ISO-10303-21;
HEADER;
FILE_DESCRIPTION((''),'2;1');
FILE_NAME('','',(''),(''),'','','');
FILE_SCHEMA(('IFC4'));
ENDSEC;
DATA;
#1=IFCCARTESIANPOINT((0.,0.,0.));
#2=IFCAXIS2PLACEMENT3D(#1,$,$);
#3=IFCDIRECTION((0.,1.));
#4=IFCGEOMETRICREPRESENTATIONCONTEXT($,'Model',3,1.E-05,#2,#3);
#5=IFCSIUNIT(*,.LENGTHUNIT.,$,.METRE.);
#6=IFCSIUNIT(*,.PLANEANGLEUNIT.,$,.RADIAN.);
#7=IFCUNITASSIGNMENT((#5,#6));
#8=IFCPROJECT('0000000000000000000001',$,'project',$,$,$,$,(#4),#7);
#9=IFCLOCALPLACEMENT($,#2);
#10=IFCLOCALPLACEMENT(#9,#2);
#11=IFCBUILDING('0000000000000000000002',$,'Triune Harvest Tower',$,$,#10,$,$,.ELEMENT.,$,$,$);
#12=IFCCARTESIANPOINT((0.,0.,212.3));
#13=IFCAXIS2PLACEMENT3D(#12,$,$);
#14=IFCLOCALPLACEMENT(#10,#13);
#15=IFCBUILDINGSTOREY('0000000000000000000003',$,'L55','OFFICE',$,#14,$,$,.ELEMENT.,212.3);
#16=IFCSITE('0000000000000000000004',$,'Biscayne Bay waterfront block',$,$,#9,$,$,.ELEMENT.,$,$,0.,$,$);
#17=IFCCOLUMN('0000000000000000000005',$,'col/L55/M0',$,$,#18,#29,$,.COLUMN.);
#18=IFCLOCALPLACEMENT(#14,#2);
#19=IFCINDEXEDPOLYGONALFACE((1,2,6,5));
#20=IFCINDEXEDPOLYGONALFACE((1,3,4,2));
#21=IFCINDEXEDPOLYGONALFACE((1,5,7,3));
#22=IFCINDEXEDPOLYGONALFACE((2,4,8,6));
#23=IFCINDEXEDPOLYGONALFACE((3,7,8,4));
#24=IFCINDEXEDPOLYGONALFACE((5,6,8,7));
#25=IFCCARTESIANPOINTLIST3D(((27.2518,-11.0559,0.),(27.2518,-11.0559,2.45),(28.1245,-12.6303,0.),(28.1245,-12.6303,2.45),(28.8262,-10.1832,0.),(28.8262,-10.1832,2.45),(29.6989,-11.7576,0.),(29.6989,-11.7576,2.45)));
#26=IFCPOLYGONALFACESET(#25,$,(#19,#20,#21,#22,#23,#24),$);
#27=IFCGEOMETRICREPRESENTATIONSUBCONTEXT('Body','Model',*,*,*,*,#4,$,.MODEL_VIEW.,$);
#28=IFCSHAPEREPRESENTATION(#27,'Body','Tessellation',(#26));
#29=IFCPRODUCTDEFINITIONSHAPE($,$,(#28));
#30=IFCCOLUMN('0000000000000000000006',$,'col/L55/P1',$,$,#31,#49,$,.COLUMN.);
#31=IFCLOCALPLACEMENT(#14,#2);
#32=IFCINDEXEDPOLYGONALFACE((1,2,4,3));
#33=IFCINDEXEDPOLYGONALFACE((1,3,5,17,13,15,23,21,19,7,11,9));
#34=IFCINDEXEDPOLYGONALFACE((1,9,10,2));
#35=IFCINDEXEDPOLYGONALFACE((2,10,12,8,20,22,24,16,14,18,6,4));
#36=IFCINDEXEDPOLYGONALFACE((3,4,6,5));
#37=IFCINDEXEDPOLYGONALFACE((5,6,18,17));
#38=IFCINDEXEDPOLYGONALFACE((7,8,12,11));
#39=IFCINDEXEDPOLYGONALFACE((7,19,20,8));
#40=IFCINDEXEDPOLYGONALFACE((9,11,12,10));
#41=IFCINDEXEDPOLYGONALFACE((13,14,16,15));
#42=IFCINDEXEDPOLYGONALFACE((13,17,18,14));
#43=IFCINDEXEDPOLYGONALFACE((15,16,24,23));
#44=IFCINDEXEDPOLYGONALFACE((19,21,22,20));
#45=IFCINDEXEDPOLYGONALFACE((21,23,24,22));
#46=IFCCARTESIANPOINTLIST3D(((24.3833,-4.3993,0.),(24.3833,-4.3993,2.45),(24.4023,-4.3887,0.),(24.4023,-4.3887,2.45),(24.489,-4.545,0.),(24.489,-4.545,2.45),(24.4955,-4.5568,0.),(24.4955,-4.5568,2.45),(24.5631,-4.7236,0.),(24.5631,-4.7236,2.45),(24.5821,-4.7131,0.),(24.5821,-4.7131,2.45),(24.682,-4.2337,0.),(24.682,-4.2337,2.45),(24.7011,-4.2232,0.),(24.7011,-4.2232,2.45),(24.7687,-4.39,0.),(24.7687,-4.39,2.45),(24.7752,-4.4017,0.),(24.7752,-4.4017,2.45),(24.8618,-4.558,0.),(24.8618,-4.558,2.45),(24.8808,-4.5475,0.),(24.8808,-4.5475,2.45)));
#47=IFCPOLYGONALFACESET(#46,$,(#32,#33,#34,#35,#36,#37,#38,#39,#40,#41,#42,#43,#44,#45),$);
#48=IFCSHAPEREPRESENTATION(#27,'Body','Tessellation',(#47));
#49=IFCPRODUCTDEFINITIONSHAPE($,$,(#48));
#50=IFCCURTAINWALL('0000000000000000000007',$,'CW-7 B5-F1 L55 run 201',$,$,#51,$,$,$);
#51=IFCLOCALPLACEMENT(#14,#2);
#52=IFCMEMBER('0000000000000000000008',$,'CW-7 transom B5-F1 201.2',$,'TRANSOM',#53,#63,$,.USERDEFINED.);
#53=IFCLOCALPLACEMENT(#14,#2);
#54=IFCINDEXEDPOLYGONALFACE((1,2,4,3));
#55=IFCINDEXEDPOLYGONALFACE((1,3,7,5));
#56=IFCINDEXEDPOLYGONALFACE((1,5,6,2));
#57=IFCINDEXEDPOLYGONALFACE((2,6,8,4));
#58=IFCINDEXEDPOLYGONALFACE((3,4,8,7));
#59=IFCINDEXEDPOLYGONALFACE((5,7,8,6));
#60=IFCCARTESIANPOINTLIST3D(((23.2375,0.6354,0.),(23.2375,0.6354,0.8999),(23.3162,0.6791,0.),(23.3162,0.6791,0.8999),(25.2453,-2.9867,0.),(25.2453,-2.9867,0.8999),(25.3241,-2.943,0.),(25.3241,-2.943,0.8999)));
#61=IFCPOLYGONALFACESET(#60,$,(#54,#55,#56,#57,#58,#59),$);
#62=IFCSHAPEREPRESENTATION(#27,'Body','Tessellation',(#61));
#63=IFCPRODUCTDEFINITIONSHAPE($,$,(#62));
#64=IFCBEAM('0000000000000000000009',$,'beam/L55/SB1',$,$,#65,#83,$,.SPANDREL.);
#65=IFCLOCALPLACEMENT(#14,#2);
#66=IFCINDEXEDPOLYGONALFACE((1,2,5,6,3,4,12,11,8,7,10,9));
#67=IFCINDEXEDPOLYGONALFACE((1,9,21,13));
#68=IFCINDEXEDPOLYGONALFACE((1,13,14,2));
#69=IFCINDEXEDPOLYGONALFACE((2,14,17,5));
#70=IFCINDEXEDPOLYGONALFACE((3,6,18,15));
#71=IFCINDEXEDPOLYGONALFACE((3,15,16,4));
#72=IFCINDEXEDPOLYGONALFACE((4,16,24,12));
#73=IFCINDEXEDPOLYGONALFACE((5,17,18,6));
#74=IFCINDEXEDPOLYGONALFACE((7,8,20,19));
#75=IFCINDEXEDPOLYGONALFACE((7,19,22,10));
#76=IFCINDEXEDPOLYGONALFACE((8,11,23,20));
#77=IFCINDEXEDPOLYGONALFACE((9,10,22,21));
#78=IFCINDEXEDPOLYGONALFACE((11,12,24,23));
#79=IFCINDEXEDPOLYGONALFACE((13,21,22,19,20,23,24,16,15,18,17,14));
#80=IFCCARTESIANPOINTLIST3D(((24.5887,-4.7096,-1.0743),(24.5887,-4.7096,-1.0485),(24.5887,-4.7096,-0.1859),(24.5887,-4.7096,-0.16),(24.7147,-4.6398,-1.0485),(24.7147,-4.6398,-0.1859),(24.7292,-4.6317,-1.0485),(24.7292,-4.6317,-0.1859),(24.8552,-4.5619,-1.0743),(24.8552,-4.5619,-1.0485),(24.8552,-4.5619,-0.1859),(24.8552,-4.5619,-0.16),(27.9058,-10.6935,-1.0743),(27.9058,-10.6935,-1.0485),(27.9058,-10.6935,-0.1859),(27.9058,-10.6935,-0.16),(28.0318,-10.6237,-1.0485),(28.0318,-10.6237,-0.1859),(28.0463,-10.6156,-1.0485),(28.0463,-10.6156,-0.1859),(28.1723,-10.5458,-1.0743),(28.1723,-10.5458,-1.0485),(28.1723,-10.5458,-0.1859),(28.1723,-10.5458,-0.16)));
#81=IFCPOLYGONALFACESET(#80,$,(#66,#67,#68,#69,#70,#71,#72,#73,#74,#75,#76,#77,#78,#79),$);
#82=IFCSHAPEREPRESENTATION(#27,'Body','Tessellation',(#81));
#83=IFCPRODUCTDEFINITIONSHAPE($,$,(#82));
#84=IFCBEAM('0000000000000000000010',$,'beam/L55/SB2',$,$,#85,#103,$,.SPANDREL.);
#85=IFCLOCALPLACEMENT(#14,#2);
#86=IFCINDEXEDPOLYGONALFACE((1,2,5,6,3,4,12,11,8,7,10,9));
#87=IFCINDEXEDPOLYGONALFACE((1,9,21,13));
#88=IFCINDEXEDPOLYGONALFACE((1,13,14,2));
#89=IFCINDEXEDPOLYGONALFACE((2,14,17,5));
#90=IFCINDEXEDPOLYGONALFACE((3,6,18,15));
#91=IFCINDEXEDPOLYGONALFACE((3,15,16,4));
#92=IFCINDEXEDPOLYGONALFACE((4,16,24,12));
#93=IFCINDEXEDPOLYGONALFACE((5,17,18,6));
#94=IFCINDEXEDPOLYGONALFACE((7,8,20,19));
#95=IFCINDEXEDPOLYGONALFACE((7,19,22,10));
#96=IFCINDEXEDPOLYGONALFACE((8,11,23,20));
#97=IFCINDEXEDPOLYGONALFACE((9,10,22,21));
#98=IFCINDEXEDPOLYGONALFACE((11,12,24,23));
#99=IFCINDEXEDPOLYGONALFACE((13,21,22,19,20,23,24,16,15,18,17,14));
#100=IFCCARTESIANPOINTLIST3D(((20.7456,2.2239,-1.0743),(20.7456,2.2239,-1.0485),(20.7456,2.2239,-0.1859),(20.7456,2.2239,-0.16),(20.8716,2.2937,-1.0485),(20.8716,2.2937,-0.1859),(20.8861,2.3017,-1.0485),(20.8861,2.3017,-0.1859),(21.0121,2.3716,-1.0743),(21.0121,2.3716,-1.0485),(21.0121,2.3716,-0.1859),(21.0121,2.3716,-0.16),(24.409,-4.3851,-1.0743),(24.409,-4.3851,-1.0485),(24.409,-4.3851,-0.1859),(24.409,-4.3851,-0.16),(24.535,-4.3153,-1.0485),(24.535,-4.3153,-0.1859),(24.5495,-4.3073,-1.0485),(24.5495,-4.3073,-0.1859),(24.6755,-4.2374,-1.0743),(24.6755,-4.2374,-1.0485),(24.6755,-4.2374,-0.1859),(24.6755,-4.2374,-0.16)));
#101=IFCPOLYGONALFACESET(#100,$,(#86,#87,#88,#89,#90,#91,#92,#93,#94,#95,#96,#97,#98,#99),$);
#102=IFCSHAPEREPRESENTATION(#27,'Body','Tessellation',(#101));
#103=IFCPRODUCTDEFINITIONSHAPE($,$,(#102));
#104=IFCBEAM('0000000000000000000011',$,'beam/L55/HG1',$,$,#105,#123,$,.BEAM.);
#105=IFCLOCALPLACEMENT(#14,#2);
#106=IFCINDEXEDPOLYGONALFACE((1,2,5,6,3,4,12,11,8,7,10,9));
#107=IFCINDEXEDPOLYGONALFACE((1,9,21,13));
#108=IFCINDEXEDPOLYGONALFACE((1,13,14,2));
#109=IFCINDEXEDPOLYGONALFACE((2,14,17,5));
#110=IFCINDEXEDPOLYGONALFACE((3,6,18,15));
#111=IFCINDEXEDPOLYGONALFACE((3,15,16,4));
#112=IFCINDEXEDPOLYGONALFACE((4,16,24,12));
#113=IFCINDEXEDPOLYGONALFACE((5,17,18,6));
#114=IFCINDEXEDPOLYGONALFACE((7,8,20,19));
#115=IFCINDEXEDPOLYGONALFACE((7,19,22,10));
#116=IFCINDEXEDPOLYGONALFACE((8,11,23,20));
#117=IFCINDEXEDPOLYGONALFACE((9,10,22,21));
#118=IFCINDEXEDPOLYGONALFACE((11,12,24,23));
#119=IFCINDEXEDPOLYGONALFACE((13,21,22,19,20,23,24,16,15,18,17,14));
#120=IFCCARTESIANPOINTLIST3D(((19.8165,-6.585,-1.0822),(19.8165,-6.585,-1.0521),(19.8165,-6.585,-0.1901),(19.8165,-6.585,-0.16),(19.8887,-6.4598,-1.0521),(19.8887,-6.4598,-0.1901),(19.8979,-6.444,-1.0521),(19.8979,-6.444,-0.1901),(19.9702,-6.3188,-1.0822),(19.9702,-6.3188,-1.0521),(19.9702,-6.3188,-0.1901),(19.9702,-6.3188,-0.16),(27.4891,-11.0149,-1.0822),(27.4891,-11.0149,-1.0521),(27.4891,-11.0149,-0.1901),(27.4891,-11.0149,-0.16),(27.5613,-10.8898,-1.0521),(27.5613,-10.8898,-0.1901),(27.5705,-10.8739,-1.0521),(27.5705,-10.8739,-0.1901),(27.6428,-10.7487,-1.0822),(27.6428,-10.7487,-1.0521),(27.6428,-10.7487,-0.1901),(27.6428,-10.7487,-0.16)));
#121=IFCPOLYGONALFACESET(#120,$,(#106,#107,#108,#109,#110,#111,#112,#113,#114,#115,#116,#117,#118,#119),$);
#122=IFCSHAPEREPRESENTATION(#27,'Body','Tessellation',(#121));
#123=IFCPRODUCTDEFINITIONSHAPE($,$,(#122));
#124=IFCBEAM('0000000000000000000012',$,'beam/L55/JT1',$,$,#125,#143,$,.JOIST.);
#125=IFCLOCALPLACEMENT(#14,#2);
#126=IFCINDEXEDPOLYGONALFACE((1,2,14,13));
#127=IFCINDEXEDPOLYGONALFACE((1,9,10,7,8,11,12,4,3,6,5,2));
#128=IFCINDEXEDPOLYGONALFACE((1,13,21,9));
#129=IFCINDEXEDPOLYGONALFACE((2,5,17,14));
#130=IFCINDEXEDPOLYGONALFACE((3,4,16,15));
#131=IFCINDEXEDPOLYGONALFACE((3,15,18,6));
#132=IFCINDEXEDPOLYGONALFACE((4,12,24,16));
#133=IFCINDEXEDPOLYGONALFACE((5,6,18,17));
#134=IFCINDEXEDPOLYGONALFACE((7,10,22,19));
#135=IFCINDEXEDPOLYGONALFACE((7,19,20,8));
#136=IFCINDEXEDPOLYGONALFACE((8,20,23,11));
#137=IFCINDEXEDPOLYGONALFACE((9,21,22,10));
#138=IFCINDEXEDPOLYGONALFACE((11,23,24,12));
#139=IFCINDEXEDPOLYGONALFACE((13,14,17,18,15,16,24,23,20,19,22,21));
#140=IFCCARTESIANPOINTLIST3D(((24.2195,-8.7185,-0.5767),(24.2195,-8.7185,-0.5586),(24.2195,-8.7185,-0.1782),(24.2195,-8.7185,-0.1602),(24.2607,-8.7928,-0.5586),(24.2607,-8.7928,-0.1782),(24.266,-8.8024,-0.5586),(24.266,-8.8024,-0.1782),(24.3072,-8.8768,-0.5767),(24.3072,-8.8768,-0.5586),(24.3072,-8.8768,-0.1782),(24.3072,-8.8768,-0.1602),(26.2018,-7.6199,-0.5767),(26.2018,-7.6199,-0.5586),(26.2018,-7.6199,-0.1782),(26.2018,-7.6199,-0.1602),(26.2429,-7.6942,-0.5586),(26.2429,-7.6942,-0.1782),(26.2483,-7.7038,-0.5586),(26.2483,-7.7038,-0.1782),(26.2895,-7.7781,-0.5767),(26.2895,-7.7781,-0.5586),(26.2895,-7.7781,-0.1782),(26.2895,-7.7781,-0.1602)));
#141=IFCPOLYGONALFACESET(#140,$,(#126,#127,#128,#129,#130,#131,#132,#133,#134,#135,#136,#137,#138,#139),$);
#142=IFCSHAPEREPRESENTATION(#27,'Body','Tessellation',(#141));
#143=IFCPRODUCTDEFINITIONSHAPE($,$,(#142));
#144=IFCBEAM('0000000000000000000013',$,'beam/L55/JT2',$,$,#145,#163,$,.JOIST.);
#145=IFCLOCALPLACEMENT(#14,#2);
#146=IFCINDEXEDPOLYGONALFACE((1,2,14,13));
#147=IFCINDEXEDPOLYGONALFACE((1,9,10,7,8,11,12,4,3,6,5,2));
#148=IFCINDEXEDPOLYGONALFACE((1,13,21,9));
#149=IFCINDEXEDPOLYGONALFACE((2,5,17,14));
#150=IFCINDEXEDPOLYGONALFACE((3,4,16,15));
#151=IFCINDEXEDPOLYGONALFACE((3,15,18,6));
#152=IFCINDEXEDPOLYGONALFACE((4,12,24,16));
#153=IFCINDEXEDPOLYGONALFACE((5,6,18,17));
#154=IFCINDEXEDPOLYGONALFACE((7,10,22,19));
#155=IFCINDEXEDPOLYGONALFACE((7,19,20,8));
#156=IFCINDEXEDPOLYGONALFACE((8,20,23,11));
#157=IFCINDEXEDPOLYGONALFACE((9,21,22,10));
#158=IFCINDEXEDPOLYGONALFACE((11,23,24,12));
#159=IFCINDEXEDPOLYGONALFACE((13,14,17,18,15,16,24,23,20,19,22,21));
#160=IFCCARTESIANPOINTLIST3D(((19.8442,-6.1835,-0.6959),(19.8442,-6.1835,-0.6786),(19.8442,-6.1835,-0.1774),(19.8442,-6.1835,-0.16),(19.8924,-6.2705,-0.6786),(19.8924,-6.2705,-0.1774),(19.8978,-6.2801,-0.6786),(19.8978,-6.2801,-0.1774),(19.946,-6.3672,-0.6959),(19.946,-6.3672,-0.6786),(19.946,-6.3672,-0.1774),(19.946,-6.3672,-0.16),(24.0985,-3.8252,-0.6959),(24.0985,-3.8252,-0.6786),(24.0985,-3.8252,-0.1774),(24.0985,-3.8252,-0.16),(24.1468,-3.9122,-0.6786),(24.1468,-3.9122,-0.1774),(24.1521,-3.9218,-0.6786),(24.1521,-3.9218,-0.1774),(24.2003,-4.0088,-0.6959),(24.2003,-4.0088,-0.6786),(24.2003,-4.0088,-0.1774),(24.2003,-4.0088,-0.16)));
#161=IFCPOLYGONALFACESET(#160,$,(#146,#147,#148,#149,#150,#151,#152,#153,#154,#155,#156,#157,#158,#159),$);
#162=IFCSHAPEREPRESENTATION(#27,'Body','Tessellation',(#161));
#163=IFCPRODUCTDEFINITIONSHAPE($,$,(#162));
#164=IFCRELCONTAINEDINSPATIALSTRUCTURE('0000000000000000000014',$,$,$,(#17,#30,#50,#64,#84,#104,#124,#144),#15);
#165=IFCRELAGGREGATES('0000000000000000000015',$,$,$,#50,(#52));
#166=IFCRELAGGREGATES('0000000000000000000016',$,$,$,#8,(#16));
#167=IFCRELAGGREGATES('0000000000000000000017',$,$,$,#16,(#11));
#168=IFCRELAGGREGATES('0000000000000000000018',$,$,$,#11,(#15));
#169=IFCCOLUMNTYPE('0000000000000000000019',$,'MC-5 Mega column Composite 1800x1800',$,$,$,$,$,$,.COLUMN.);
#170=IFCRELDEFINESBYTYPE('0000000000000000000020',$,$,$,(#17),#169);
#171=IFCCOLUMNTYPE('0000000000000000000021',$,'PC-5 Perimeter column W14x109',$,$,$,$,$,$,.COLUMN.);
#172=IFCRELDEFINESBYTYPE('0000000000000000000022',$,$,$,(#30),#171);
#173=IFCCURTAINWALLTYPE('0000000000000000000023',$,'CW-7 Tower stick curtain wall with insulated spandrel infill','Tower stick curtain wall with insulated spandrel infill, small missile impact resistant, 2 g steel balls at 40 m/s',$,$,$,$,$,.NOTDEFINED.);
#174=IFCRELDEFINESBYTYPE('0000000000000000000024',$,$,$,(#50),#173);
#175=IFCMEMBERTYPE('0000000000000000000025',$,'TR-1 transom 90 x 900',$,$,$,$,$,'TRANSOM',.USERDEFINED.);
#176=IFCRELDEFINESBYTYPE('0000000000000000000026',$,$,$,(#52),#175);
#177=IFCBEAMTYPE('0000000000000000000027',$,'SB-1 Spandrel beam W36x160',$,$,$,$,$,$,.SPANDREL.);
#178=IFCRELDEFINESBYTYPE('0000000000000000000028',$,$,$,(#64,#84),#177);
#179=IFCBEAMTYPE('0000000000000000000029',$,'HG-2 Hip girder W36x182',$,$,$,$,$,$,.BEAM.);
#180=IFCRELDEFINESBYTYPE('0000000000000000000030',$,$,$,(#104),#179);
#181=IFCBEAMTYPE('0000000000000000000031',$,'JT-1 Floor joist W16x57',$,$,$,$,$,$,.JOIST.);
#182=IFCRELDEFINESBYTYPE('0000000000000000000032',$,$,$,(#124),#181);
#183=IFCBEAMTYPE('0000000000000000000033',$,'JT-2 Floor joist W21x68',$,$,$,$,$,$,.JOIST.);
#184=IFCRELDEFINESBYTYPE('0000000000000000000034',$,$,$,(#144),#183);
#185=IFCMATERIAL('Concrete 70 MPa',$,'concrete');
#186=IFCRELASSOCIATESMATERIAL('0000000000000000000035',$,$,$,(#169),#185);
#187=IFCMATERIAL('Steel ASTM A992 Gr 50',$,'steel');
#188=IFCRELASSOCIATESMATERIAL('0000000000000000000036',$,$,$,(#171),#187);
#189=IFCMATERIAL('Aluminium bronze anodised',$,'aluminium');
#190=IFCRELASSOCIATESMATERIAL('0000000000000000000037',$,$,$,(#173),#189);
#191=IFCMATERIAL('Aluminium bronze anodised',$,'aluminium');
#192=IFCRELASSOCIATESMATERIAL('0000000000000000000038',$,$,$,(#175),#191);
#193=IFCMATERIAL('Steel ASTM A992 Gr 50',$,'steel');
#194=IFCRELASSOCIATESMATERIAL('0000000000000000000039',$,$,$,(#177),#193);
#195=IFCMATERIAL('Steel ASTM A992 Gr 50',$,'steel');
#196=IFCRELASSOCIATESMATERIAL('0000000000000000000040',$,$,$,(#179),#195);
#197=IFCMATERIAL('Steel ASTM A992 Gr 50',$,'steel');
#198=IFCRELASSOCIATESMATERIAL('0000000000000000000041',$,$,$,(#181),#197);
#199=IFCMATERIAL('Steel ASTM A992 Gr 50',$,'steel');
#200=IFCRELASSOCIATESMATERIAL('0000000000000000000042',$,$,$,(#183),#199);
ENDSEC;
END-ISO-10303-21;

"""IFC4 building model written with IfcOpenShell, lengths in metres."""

from ifc_helpers import new_model, si_unit, direction, frame, origin, origin_2d, place, context, subcontext, project, spatial, rectangle, i_section, extrude, source, transform, mapped, material, material_profile, profile_set, type_object, element, aggregate, save


model = new_model("IFC4")

# Units and contexts
model_context = context("Model", 3, precision=1e-05, world=origin(), true_north=direction((0.0, 1.0)))
body_context = subcontext(model_context, "Body", "Model", "MODEL_VIEW")
ifc_project = project(units=[si_unit("LENGTHUNIT", "METRE"), si_unit("PLANEANGLEUNIT", "RADIAN")], contexts=[model_context])

# Site, building, storey
site_placement = place(None, origin())
site = spatial("IfcSite", under=ifc_project, at=site_placement, Name="Biscayne Bay waterfront block", CompositionType="ELEMENT", RefElevation=0.0)
building_placement = place(site_placement, origin())
building = spatial("IfcBuilding", under=site, at=building_placement, Name="Triune Harvest Tower", CompositionType="ELEMENT")
storey_placement = place(building_placement, frame((0.0, 0.0, 212.3)))
storey = spatial("IfcBuildingStorey", under=building, at=storey_placement, Name="L55", Description="OFFICE", CompositionType="ELEMENT", Elevation=212.3)

# Columns
ifc_material_1 = material(Name="Concrete 70 MPa", Category="concrete")
ifc_material_profile_1 = material_profile(ifc_material_1, rectangle(XDim=1.8, YDim=1.8, at=origin_2d()), Name="Composite 1800x1800")
ifc_profile_set_1 = profile_set([ifc_material_profile_1], Name="Concrete 70 MPa")
column_type_1 = type_object("IfcColumnType", Name="MC-5 Mega column Composite 1800x1800", PredefinedType="COLUMN", material=ifc_profile_set_1)
shared_shape_1 = source(origin(), body_context, "Body", "SweptSolid", [
    extrude(rectangle(XDim=1.8, YDim=1.8, at=origin_2d()), origin(), (0.0, 0.0, 1.0), 2.45),
])
column_1_placement = place(storey_placement, frame((28.4753, -11.4067, 0.0), z_axis=(0.0, 0.0, 1.0), x_axis=(-0.48481, 0.87462, 0.0)))
element("IfcColumn", 1, at=column_1_placement, inside=storey, type_object=column_type_1, Name="col/L55/M0", PredefinedType="COLUMN", context=body_context, shape_type="MappedRepresentation", body=[
    mapped(shared_shape_1, transform((0.0, 0.0, 0.0), scale=1.0)),
])
ifc_material_2 = material(Name="Steel ASTM A992 Gr 50", Category="steel")
ifc_material_profile_2 = material_profile(ifc_material_2, i_section(OverallWidth=0.3708, OverallDepth=0.3633, WebThickness=0.0134, FlangeThickness=0.0217, at=origin_2d()), Name="W14x109")
ifc_profile_set_2 = profile_set([ifc_material_profile_2], Name="Steel ASTM A992 Gr 50")
column_type_2 = type_object("IfcColumnType", Name="PC-5 Perimeter column W14x109", PredefinedType="COLUMN", material=ifc_profile_set_2)
shared_shape_2 = source(origin(), body_context, "Body", "SweptSolid", [
    extrude(i_section(OverallWidth=0.3708, OverallDepth=0.3633, WebThickness=0.0134, FlangeThickness=0.0217, at=origin_2d()), origin(), (0.0, 0.0, 1.0), 2.45),
])
column_2_placement = place(storey_placement, frame((24.6321, -4.4734, 0.0), z_axis=(0.0, 0.0, 1.0), x_axis=(-0.48481, 0.87462, 0.0)))
element("IfcColumn", 2, at=column_2_placement, inside=storey, type_object=column_type_2, Name="col/L55/P1", PredefinedType="COLUMN", context=body_context, shape_type="MappedRepresentation", body=[
    mapped(shared_shape_2, transform((0.0, 0.0, 0.0), scale=1.0)),
])

# Curtain wall, member
ifc_material_3 = material(Name="Aluminium bronze anodised", Category="aluminium")
curtain_wall_type_1 = type_object("IfcCurtainWallType", Name="CW-7 Tower stick curtain wall with insulated spandrel infill", Description="Tower stick curtain wall with insulated spandrel infill, small missile impact resistant, 2 g steel balls at 40 m/s", PredefinedType="NOTDEFINED", material=ifc_material_3)
curtain_wall_1_placement = place(storey_placement, origin())
curtain_wall_1 = element("IfcCurtainWall", 3, at=curtain_wall_1_placement, inside=storey, type_object=curtain_wall_type_1, Name="CW-7 B5-F1 L55 run 201")
ifc_material_4 = material(Name="Aluminium bronze anodised", Category="aluminium")
ifc_material_profile_3 = material_profile(ifc_material_4, rectangle(XDim=0.0901, YDim=0.8999, at=origin_2d()), Name="TR-1 transom 90 x 900")
ifc_profile_set_3 = profile_set([ifc_material_profile_3], Name="Aluminium bronze anodised")
member_type_1 = type_object("IfcMemberType", Name="TR-1 transom 90 x 900", ElementType="TRANSOM", PredefinedType="USERDEFINED", material=ifc_profile_set_3)
member_1_placement = place(storey_placement, frame((25.2847, -2.9648, 0.45), z_axis=(-0.484822, 0.874613, 0.0), x_axis=(-0.874613, -0.484822, 0.0)))
member_1 = element("IfcMember", 4, at=member_1_placement, type_object=member_type_1, Name="CW-7 transom B5-F1 201.2", ObjectType="TRANSOM", PredefinedType="USERDEFINED", context=body_context, shape_type="SweptSolid", body=[
    extrude(rectangle(XDim=0.0901, YDim=0.8999, at=origin_2d()), origin(), (0.0, 0.0, 1.0), 4.1414),
])

# Beams
ifc_material_5 = material(Name="Steel ASTM A992 Gr 50", Category="steel")
ifc_material_profile_4 = material_profile(ifc_material_5, i_section(OverallWidth=0.3047, OverallDepth=0.9143, WebThickness=0.0166, FlangeThickness=0.0259, at=origin_2d()), Name="W36x160")
ifc_profile_set_4 = profile_set([ifc_material_profile_4], Name="Steel ASTM A992 Gr 50")
beam_type_1 = type_object("IfcBeamType", Name="SB-1 Spandrel beam W36x160", PredefinedType="SPANDREL", material=ifc_profile_set_4)
shared_shape_3 = source(origin(), body_context, "Body", "SweptSolid", [
    extrude(i_section(OverallWidth=0.3047, OverallDepth=0.9143, WebThickness=0.0166, FlangeThickness=0.0259, at=origin_2d()), origin(), (0.0, 0.0, 1.0), 6.8418),
])
beam_1_placement = place(storey_placement, frame((28.0391, -10.6196, -0.6172), z_axis=(-0.484834, 0.874606, 0.0), x_axis=(-0.874606, -0.484834, 0.0)))
element("IfcBeam", 5, at=beam_1_placement, inside=storey, type_object=beam_type_1, Name="beam/L55/SB1", PredefinedType="SPANDREL", context=body_context, shape_type="MappedRepresentation", body=[
    mapped(shared_shape_3, transform((0.0, 0.0, 0.0), scale=1.0)),
])
shared_shape_4 = source(origin(), body_context, "Body", "SweptSolid", [
    extrude(i_section(OverallWidth=0.3047, OverallDepth=0.9143, WebThickness=0.0166, FlangeThickness=0.0259, at=origin_2d()), origin(), (0.0, 0.0, 1.0), 7.5564),
])
beam_2_placement = place(storey_placement, frame((24.5422, -4.3113, -0.6172), z_axis=(-0.484806, 0.874622, 0.0), x_axis=(-0.874622, -0.484806, 0.0)))
element("IfcBeam", 6, at=beam_2_placement, inside=storey, type_object=beam_type_1, Name="beam/L55/SB2", PredefinedType="SPANDREL", context=body_context, shape_type="MappedRepresentation", body=[
    mapped(shared_shape_4, transform((0.0, 0.0, 0.0), scale=1.0)),
])
ifc_material_6 = material(Name="Steel ASTM A992 Gr 50", Category="steel")
ifc_material_profile_5 = material_profile(ifc_material_6, i_section(OverallWidth=0.3074, OverallDepth=0.9221, WebThickness=0.0183, FlangeThickness=0.03, at=origin_2d()), Name="W36x182")
ifc_profile_set_5 = profile_set([ifc_material_profile_5], Name="Steel ASTM A992 Gr 50")
beam_type_2 = type_object("IfcBeamType", Name="HG-2 Hip girder W36x182", PredefinedType="BEAM", material=ifc_profile_set_5)
shared_shape_5 = source(origin(), body_context, "Body", "SweptSolid", [
    extrude(i_section(OverallWidth=0.3074, OverallDepth=0.9221, WebThickness=0.0183, FlangeThickness=0.03, at=origin_2d()), origin(), (0.0, 0.0, 1.0), 8.8596),
])
beam_3_placement = place(storey_placement, frame((27.5659, -10.8818, -0.6211), z_axis=(-0.866018, 0.500013, 0.0), x_axis=(-0.500013, -0.866018, 0.0)))
element("IfcBeam", 7, at=beam_3_placement, inside=storey, type_object=beam_type_2, Name="beam/L55/HG1", PredefinedType="BEAM", context=body_context, shape_type="MappedRepresentation", body=[
    mapped(shared_shape_5, transform((0.0, 0.0, 0.0), scale=1.0)),
])
ifc_material_7 = material(Name="Steel ASTM A992 Gr 50", Category="steel")
ifc_material_profile_6 = material_profile(ifc_material_7, i_section(OverallWidth=0.1809, OverallDepth=0.4165, WebThickness=0.011, FlangeThickness=0.0181, at=origin_2d()), Name="W16x57")
ifc_profile_set_6 = profile_set([ifc_material_profile_6], Name="Steel ASTM A992 Gr 50")
beam_type_3 = type_object("IfcBeamType", Name="JT-1 Floor joist W16x57", PredefinedType="JOIST", material=ifc_profile_set_6)
shared_shape_6 = source(origin(), body_context, "Body", "SweptSolid", [
    extrude(i_section(OverallWidth=0.1809, OverallDepth=0.4165, WebThickness=0.011, FlangeThickness=0.0181, at=origin_2d()), origin(), (0.0, 0.0, 1.0), 2.2664),
])
beam_4_placement = place(storey_placement, frame((26.2456, -7.699, -0.3684), z_axis=(-0.87464, -0.484774, 0.0), x_axis=(0.484774, -0.87464, 0.0)))
element("IfcBeam", 8, at=beam_4_placement, inside=storey, type_object=beam_type_3, Name="beam/L55/JT1", PredefinedType="JOIST", context=body_context, shape_type="MappedRepresentation", body=[
    mapped(shared_shape_6, transform((0.0, 0.0, 0.0), scale=1.0)),
])
ifc_material_8 = material(Name="Steel ASTM A992 Gr 50", Category="steel")
ifc_material_profile_7 = material_profile(ifc_material_8, i_section(OverallWidth=0.21, OverallDepth=0.5359, WebThickness=0.011, FlangeThickness=0.0173, at=origin_2d()), Name="W21x68")
ifc_profile_set_7 = profile_set([ifc_material_profile_7], Name="Steel ASTM A992 Gr 50")
beam_type_4 = type_object("IfcBeamType", Name="JT-2 Floor joist W21x68", PredefinedType="JOIST", material=ifc_profile_set_7)
shared_shape_7 = source(origin(), body_context, "Body", "SweptSolid", [
    extrude(i_section(OverallWidth=0.21, OverallDepth=0.5359, WebThickness=0.011, FlangeThickness=0.0173, at=origin_2d()), origin(), (0.0, 0.0, 1.0), 4.8643),
])
beam_5_placement = place(storey_placement, frame((24.1494, -3.917, -0.428), z_axis=(-0.874607, -0.484833, 0.0), x_axis=(0.484833, -0.874607, 0.0)))
element("IfcBeam", 9, at=beam_5_placement, inside=storey, type_object=beam_type_4, Name="beam/L55/JT2", PredefinedType="JOIST", context=body_context, shape_type="MappedRepresentation", body=[
    mapped(shared_shape_7, transform((0.0, 0.0, 0.0), scale=1.0)),
])

aggregate(curtain_wall_1, [member_1])

save(model, "model.ifc")
